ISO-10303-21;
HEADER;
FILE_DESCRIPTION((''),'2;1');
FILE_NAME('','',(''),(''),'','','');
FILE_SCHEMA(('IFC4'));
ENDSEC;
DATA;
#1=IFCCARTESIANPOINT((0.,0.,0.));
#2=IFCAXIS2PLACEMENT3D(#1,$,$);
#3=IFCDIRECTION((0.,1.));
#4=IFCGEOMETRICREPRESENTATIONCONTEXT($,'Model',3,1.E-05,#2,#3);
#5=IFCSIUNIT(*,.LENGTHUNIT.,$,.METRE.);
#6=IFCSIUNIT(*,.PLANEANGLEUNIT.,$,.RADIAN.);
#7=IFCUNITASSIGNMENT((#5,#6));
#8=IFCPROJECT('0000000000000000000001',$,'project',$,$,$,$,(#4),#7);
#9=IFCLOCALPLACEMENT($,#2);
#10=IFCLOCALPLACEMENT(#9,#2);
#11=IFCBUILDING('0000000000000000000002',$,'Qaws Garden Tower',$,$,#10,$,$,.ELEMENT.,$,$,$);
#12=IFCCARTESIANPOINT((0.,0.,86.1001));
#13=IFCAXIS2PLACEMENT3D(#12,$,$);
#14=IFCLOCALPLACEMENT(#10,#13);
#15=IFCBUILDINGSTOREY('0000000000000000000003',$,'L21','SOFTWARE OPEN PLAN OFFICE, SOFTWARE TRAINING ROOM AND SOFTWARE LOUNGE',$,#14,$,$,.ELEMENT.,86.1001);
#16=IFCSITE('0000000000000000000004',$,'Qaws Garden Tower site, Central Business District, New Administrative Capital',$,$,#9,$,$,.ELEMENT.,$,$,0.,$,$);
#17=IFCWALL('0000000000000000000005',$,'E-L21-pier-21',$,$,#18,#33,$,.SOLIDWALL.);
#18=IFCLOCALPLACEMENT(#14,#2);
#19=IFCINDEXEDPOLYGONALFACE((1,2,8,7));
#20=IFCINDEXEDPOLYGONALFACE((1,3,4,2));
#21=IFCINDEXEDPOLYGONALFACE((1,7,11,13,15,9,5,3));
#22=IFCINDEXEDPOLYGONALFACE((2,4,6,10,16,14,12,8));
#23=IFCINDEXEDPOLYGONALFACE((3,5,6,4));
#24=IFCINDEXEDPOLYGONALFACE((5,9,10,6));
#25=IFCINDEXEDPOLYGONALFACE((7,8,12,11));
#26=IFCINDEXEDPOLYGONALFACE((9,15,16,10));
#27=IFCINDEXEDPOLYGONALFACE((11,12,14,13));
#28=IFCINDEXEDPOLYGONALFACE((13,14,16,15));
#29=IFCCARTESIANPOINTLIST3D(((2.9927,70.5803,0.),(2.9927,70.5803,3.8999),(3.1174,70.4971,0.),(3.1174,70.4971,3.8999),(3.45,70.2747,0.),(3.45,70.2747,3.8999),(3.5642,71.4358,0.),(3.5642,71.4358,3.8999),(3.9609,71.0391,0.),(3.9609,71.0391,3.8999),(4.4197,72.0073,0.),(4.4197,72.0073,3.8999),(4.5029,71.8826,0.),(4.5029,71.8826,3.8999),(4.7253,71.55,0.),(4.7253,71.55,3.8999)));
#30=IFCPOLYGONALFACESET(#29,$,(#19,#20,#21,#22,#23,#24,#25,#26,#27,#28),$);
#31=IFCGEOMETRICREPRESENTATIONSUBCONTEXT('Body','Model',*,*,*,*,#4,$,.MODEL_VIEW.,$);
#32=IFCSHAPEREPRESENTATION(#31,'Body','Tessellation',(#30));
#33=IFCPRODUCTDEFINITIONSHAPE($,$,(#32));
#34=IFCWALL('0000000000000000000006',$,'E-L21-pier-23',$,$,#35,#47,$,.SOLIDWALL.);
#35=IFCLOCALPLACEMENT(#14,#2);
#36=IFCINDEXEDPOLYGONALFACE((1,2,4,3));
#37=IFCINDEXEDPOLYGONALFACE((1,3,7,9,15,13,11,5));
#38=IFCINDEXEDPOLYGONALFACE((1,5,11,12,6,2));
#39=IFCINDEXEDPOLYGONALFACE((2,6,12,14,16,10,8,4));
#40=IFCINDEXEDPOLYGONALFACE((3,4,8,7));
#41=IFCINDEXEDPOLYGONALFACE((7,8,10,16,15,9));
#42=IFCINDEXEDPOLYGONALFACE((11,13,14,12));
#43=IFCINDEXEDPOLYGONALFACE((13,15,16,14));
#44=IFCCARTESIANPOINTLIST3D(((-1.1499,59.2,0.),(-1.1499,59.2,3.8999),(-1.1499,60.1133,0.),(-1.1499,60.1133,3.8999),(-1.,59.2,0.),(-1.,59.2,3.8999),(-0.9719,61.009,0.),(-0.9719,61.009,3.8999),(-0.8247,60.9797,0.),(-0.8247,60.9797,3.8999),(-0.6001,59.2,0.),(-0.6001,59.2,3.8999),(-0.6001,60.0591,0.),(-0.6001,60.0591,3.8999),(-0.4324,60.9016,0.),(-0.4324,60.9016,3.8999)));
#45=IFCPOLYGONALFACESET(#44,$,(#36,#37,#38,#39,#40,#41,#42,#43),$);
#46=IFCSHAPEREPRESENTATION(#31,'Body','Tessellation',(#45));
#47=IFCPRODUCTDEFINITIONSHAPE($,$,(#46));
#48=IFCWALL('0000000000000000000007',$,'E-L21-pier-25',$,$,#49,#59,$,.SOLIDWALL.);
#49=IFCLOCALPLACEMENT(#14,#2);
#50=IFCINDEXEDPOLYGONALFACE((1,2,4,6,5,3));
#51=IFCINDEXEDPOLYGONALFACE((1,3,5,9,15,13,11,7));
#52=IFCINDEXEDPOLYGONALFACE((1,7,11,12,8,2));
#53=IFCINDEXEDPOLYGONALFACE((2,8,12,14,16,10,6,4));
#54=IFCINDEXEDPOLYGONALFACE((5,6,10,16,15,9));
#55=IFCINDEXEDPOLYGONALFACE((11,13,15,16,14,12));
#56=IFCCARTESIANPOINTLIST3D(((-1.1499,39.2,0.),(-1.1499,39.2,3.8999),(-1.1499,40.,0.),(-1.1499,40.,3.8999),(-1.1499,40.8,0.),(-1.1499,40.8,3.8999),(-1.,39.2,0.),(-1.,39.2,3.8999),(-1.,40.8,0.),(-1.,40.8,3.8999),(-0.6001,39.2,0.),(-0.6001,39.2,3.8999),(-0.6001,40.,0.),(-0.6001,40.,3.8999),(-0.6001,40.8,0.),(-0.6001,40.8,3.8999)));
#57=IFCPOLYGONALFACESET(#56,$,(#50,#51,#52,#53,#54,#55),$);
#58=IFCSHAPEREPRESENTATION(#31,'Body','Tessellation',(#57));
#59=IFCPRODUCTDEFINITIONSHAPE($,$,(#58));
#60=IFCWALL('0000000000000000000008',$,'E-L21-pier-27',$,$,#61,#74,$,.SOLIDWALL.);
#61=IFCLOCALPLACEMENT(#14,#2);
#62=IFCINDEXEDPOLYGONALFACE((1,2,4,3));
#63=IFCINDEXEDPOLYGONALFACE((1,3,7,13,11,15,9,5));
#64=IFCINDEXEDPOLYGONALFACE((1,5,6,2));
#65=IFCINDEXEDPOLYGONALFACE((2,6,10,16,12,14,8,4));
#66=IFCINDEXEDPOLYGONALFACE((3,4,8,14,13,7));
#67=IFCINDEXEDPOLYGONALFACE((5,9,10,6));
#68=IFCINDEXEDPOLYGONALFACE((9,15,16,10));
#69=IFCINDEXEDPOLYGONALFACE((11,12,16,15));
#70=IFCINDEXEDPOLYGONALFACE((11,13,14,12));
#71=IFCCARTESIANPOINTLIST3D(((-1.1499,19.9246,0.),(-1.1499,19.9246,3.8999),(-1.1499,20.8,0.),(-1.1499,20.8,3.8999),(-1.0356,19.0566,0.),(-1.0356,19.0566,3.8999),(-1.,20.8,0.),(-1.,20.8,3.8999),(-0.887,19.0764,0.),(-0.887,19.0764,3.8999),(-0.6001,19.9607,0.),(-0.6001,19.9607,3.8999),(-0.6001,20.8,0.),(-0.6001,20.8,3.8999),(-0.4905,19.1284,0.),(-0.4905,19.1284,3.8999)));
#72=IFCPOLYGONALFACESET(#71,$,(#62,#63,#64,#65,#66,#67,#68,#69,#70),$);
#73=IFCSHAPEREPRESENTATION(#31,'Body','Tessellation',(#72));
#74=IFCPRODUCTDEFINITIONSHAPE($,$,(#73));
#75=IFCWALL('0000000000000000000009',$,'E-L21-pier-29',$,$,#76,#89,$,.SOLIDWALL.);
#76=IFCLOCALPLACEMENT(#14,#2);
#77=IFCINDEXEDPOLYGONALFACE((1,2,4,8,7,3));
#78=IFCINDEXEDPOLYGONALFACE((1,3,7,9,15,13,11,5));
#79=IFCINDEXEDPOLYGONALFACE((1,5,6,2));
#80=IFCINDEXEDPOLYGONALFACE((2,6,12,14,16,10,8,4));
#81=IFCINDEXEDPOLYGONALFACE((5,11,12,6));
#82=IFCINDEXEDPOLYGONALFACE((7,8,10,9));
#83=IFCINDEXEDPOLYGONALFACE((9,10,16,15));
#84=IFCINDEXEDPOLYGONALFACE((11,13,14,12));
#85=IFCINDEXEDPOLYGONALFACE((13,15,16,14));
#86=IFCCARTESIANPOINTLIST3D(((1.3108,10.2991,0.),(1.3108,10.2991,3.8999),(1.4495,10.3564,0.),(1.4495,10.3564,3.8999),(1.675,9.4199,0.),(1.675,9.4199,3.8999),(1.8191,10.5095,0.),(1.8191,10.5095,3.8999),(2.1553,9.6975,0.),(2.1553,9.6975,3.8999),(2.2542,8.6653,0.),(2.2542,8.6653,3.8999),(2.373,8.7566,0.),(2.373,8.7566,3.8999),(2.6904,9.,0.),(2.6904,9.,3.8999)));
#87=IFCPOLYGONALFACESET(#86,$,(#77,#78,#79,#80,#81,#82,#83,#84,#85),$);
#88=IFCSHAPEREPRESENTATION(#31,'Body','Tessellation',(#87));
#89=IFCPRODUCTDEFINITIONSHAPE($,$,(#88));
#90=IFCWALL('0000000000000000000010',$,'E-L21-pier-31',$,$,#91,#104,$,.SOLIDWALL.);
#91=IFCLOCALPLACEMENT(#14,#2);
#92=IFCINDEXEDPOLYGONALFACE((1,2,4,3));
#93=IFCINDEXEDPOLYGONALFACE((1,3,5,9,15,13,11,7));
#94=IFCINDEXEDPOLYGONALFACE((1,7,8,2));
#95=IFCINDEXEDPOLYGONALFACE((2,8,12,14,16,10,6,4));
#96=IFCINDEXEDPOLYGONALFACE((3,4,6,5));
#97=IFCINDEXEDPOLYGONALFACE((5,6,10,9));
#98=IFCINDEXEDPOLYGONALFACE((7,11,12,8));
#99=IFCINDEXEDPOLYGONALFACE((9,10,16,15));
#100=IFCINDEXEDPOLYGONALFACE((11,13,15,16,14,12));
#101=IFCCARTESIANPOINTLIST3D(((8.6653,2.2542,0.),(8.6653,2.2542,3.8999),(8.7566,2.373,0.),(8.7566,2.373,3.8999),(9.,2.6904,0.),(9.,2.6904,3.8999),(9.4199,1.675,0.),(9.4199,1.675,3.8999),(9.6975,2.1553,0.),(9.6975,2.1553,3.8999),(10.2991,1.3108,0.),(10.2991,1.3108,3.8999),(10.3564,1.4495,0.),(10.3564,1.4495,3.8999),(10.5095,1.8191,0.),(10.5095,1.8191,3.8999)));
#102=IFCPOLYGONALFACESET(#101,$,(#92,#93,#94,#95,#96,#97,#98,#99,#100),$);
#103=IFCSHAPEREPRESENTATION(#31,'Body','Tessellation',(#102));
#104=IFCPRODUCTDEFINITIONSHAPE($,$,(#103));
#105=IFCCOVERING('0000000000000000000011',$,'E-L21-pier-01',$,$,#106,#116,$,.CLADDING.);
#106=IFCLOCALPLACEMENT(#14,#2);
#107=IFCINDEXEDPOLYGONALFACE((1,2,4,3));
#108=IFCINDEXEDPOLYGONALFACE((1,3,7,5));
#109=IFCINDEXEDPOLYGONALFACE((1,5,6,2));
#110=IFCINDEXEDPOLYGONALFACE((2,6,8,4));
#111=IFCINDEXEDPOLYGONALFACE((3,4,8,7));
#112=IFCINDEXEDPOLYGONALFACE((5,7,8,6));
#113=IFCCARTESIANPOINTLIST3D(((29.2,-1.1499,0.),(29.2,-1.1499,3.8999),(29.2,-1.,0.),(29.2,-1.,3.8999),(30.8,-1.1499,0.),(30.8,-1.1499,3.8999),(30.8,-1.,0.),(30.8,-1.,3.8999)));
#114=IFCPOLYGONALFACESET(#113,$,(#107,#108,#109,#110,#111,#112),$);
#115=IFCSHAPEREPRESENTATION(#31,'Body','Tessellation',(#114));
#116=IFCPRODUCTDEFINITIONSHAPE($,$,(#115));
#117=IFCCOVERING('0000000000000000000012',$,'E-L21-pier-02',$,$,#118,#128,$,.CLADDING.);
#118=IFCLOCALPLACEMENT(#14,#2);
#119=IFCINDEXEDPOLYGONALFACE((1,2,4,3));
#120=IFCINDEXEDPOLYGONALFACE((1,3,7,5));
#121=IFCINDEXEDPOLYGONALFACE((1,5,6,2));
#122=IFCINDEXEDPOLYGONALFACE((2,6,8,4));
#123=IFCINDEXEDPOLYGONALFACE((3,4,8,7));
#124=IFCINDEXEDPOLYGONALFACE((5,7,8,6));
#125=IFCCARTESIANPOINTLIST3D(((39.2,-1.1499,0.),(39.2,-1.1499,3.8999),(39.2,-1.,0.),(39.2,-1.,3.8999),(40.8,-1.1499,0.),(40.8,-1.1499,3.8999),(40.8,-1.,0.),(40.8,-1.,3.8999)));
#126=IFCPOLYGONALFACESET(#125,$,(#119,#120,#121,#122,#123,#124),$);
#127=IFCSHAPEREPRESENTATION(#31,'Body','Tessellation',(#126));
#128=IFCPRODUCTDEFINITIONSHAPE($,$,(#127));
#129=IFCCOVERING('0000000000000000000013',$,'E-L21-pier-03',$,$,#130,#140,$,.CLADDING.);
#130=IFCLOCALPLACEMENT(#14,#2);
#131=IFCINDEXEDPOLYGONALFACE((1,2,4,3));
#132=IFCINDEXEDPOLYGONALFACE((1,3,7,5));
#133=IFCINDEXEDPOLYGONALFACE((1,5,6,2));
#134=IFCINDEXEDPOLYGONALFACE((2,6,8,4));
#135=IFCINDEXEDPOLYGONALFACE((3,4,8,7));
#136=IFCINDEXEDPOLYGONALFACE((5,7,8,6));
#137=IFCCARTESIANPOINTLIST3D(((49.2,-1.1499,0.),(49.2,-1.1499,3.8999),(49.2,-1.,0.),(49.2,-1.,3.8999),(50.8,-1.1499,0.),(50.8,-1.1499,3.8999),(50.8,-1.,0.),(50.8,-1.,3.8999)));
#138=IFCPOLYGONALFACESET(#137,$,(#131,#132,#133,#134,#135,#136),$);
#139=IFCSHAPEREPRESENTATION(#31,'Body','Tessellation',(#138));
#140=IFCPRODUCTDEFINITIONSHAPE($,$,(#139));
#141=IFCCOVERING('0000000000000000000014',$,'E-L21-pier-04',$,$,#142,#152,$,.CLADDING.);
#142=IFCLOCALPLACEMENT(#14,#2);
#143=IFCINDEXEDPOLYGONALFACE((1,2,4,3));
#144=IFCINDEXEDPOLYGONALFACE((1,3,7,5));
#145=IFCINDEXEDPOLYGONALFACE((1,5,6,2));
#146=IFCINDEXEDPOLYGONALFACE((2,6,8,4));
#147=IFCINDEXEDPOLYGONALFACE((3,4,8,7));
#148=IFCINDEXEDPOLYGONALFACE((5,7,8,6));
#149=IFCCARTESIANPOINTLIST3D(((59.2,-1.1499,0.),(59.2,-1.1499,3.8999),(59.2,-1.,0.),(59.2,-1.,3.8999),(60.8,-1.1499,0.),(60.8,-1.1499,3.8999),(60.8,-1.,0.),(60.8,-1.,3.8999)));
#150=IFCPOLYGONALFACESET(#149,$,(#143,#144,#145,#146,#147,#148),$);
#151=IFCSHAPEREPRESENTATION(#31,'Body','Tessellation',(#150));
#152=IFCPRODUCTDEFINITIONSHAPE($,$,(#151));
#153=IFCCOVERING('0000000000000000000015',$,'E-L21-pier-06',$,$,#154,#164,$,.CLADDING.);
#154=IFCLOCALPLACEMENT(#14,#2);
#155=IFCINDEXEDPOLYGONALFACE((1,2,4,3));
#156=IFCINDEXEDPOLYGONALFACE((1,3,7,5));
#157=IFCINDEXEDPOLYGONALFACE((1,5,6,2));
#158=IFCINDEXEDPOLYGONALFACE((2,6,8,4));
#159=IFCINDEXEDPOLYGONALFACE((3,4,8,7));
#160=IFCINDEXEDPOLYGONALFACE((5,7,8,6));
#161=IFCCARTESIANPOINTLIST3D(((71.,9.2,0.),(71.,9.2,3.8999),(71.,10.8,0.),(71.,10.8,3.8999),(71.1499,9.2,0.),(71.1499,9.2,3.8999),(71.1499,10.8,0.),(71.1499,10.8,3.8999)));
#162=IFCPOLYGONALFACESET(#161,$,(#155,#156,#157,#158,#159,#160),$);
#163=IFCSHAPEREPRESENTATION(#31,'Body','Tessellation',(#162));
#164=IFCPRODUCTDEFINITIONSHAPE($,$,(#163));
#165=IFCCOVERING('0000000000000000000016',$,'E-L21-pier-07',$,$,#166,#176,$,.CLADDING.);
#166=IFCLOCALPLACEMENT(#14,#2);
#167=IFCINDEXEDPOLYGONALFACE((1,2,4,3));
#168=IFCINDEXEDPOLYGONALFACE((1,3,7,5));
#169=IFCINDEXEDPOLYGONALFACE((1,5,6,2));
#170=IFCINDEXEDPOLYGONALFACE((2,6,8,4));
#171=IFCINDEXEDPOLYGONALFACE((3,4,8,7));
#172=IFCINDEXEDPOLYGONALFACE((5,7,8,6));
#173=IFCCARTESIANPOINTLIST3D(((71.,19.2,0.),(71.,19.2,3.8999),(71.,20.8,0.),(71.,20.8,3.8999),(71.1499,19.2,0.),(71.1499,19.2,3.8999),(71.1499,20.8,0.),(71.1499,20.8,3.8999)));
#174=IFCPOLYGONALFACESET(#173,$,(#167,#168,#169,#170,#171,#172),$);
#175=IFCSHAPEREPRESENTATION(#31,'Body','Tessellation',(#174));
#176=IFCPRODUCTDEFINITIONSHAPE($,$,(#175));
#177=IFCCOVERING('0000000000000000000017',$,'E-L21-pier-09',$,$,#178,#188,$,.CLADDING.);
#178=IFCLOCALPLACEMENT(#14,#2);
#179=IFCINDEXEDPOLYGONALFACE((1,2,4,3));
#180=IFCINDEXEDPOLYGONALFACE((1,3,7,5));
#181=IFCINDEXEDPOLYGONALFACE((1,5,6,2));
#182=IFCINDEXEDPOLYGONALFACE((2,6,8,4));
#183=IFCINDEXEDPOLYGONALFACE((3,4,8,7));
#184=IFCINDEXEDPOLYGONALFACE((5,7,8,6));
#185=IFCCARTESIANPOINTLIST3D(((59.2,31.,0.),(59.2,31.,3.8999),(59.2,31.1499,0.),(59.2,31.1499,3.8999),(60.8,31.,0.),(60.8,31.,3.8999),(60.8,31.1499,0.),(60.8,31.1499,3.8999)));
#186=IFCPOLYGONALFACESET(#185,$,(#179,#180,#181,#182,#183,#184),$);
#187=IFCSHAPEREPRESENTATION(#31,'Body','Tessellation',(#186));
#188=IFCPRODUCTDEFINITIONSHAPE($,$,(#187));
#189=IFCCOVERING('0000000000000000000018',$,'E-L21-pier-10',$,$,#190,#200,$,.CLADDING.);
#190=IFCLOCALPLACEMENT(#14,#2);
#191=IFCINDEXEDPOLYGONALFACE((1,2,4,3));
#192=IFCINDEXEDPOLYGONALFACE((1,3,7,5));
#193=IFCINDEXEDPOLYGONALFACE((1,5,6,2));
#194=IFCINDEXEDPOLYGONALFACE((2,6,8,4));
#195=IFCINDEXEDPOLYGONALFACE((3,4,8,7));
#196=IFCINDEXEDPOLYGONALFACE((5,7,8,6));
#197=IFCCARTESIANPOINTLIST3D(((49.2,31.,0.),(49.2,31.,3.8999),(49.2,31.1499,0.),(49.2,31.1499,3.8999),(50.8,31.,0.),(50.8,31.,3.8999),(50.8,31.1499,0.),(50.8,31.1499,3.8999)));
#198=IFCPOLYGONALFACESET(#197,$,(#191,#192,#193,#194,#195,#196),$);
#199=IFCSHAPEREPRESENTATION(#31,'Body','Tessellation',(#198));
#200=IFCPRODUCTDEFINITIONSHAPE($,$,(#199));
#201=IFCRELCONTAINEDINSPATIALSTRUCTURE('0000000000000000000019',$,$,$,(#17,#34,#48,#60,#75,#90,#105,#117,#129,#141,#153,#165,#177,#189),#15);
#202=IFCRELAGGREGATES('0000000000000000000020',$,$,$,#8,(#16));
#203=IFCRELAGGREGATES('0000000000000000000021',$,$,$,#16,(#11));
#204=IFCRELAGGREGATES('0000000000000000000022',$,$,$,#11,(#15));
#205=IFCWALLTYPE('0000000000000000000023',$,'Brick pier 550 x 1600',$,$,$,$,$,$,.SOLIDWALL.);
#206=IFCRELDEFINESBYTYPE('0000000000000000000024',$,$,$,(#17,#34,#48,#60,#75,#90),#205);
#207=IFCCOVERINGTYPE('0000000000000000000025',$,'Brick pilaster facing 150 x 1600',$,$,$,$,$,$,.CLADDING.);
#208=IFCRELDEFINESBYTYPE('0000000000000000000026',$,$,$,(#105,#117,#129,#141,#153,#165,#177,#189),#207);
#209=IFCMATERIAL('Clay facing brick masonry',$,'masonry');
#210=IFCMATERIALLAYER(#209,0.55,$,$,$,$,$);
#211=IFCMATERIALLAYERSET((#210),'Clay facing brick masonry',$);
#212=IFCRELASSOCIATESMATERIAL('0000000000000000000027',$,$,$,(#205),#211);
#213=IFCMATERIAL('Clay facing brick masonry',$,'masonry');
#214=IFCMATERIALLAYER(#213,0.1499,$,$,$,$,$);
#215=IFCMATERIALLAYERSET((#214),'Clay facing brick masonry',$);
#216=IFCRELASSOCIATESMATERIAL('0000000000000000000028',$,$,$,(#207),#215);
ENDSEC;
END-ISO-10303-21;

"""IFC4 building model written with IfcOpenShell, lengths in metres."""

from ifc_helpers import new_model, si_unit, direction, frame, origin, place, context, subcontext, project, spatial, polyline, outline, extrude, material, layer, layer_set, type_object, element, save


model = new_model("IFC4")

# Units and contexts
model_context = context("Model", 3, precision=1e-05, world=origin(), true_north=direction((0.0, 1.0)))
body_context = subcontext(model_context, "Body", "Model", "MODEL_VIEW")
ifc_project = project(units=[si_unit("LENGTHUNIT", "METRE"), si_unit("PLANEANGLEUNIT", "RADIAN")], contexts=[model_context])

# Site, building, storey
site_placement = place(None, origin())
site = spatial("IfcSite", under=ifc_project, at=site_placement, Name="Qaws Garden Tower site, Central Business District, New Administrative Capital", CompositionType="ELEMENT", RefElevation=0.0)
building_placement = place(site_placement, origin())
building = spatial("IfcBuilding", under=site, at=building_placement, Name="Qaws Garden Tower", CompositionType="ELEMENT")
storey_placement = place(building_placement, frame((0.0, 0.0, 86.1001)))
storey = spatial("IfcBuildingStorey", under=building, at=storey_placement, Name="L21", Description="SOFTWARE OPEN PLAN OFFICE, SOFTWARE TRAINING ROOM AND SOFTWARE LOUNGE", CompositionType="ELEMENT", Elevation=86.1001)

# Walls
placement = place(storey_placement, origin())
ifc_material_1 = material(Name="Clay facing brick masonry", Category="masonry")
ifc_layer_1 = layer(ifc_material_1, 0.55)
ifc_layer_set_1 = layer_set([ifc_layer_1], Name="Clay facing brick masonry")
wall_type_1 = type_object("IfcWallType", Name="Brick pier 550 x 1600", PredefinedType="SOLIDWALL", material=ifc_layer_set_1)
element("IfcWall", 1, at=placement, inside=storey, type_object=wall_type_1, Name="E-L21-pier-21", PredefinedType="SOLIDWALL", context=body_context, shape_type="SweptSolid", body=[
    extrude(outline(polyline([(4.5029, 71.8826), (4.4197, 72.0073), (3.5642, 71.4358), (2.9927, 70.5803), (3.1174, 70.4971), (3.45, 70.2747), (3.9609, 71.0391), (4.7253, 71.55), (4.5029, 71.8826)])), origin(), (0.0, 0.0, 1.0), 3.8999),
])
element("IfcWall", 2, at=placement, inside=storey, type_object=wall_type_1, Name="E-L21-pier-23", PredefinedType="SOLIDWALL", context=body_context, shape_type="SweptSolid", body=[
    extrude(outline(polyline([(-0.8247, 60.9797), (-0.9719, 61.009), (-1.1499, 60.1133), (-1.1499, 59.2), (-1.0, 59.2), (-0.6001, 59.2), (-0.6001, 60.0591), (-0.4324, 60.9016), (-0.8247, 60.9797)])), origin(), (0.0, 0.0, 1.0), 3.8999),
])
element("IfcWall", 3, at=placement, inside=storey, type_object=wall_type_1, Name="E-L21-pier-25", PredefinedType="SOLIDWALL", context=body_context, shape_type="SweptSolid", body=[
    extrude(outline(polyline([(-1.0, 40.8), (-1.1499, 40.8), (-1.1499, 40.0), (-1.1499, 39.2), (-1.0, 39.2), (-0.6001, 39.2), (-0.6001, 40.0), (-0.6001, 40.8), (-1.0, 40.8)])), origin(), (0.0, 0.0, 1.0), 3.8999),
])
element("IfcWall", 4, at=placement, inside=storey, type_object=wall_type_1, Name="E-L21-pier-27", PredefinedType="SOLIDWALL", context=body_context, shape_type="SweptSolid", body=[
    extrude(outline(polyline([(-1.0, 20.8), (-1.1499, 20.8), (-1.1499, 19.9246), (-1.0356, 19.0566), (-0.887, 19.0764), (-0.4905, 19.1284), (-0.6001, 19.9607), (-0.6001, 20.8), (-1.0, 20.8)])), origin(), (0.0, 0.0, 1.0), 3.8999),
])
element("IfcWall", 5, at=placement, inside=storey, type_object=wall_type_1, Name="E-L21-pier-29", PredefinedType="SOLIDWALL", context=body_context, shape_type="SweptSolid", body=[
    extrude(outline(polyline([(1.4495, 10.3564), (1.3108, 10.2991), (1.675, 9.4199), (2.2542, 8.6653), (2.373, 8.7566), (2.6904, 9.0), (2.1553, 9.6975), (1.8191, 10.5095), (1.4495, 10.3564)])), origin(), (0.0, 0.0, 1.0), 3.8999),
])
element("IfcWall", 6, at=placement, inside=storey, type_object=wall_type_1, Name="E-L21-pier-31", PredefinedType="SOLIDWALL", context=body_context, shape_type="SweptSolid", body=[
    extrude(outline(polyline([(8.7566, 2.373), (8.6653, 2.2542), (9.4199, 1.675), (10.2991, 1.3108), (10.3564, 1.4495), (10.5095, 1.8191), (9.6975, 2.1553), (9.0, 2.6904), (8.7566, 2.373)])), origin(), (0.0, 0.0, 1.0), 3.8999),
])

# Coverings
ifc_material_2 = material(Name="Clay facing brick masonry", Category="masonry")
ifc_layer_2 = layer(ifc_material_2, 0.1499)
ifc_layer_set_2 = layer_set([ifc_layer_2], Name="Clay facing brick masonry")
covering_type = type_object("IfcCoveringType", Name="Brick pilaster facing 150 x 1600", PredefinedType="CLADDING", material=ifc_layer_set_2)
element("IfcCovering", 7, at=placement, inside=storey, type_object=covering_type, Name="E-L21-pier-01", PredefinedType="CLADDING", context=body_context, shape_type="SweptSolid", body=[
    extrude(outline(polyline([(29.2, -1.0), (30.8, -1.0), (30.8, -1.1499), (29.2, -1.1499), (29.2, -1.0)])), origin(), (0.0, 0.0, 1.0), 3.8999),
])
element("IfcCovering", 8, at=placement, inside=storey, type_object=covering_type, Name="E-L21-pier-02", PredefinedType="CLADDING", context=body_context, shape_type="SweptSolid", body=[
    extrude(outline(polyline([(39.2, -1.0), (40.8, -1.0), (40.8, -1.1499), (39.2, -1.1499), (39.2, -1.0)])), origin(), (0.0, 0.0, 1.0), 3.8999),
])
element("IfcCovering", 9, at=placement, inside=storey, type_object=covering_type, Name="E-L21-pier-03", PredefinedType="CLADDING", context=body_context, shape_type="SweptSolid", body=[
    extrude(outline(polyline([(49.2, -1.0), (50.8, -1.0), (50.8, -1.1499), (49.2, -1.1499), (49.2, -1.0)])), origin(), (0.0, 0.0, 1.0), 3.8999),
])
element("IfcCovering", 10, at=placement, inside=storey, type_object=covering_type, Name="E-L21-pier-04", PredefinedType="CLADDING", context=body_context, shape_type="SweptSolid", body=[
    extrude(outline(polyline([(59.2, -1.0), (60.8, -1.0), (60.8, -1.1499), (59.2, -1.1499), (59.2, -1.0)])), origin(), (0.0, 0.0, 1.0), 3.8999),
])
element("IfcCovering", 11, at=placement, inside=storey, type_object=covering_type, Name="E-L21-pier-06", PredefinedType="CLADDING", context=body_context, shape_type="SweptSolid", body=[
    extrude(outline(polyline([(71.0, 9.2), (71.0, 10.8), (71.1499, 10.8), (71.1499, 9.2), (71.0, 9.2)])), origin(), (0.0, 0.0, 1.0), 3.8999),
])
element("IfcCovering", 12, at=placement, inside=storey, type_object=covering_type, Name="E-L21-pier-07", PredefinedType="CLADDING", context=body_context, shape_type="SweptSolid", body=[
    extrude(outline(polyline([(71.0, 19.2), (71.0, 20.8), (71.1499, 20.8), (71.1499, 19.2), (71.0, 19.2)])), origin(), (0.0, 0.0, 1.0), 3.8999),
])
element("IfcCovering", 13, at=placement, inside=storey, type_object=covering_type, Name="E-L21-pier-09", PredefinedType="CLADDING", context=body_context, shape_type="SweptSolid", body=[
    extrude(outline(polyline([(60.8, 31.0), (59.2, 31.0), (59.2, 31.1499), (60.8, 31.1499), (60.8, 31.0)])), origin(), (0.0, 0.0, 1.0), 3.8999),
])
element("IfcCovering", 14, at=placement, inside=storey, type_object=covering_type, Name="E-L21-pier-10", PredefinedType="CLADDING", context=body_context, shape_type="SweptSolid", body=[
    extrude(outline(polyline([(50.8, 31.0), (49.2, 31.0), (49.2, 31.1499), (50.8, 31.1499), (50.8, 31.0)])), origin(), (0.0, 0.0, 1.0), 3.8999),
])

save(model, "model.ifc")
